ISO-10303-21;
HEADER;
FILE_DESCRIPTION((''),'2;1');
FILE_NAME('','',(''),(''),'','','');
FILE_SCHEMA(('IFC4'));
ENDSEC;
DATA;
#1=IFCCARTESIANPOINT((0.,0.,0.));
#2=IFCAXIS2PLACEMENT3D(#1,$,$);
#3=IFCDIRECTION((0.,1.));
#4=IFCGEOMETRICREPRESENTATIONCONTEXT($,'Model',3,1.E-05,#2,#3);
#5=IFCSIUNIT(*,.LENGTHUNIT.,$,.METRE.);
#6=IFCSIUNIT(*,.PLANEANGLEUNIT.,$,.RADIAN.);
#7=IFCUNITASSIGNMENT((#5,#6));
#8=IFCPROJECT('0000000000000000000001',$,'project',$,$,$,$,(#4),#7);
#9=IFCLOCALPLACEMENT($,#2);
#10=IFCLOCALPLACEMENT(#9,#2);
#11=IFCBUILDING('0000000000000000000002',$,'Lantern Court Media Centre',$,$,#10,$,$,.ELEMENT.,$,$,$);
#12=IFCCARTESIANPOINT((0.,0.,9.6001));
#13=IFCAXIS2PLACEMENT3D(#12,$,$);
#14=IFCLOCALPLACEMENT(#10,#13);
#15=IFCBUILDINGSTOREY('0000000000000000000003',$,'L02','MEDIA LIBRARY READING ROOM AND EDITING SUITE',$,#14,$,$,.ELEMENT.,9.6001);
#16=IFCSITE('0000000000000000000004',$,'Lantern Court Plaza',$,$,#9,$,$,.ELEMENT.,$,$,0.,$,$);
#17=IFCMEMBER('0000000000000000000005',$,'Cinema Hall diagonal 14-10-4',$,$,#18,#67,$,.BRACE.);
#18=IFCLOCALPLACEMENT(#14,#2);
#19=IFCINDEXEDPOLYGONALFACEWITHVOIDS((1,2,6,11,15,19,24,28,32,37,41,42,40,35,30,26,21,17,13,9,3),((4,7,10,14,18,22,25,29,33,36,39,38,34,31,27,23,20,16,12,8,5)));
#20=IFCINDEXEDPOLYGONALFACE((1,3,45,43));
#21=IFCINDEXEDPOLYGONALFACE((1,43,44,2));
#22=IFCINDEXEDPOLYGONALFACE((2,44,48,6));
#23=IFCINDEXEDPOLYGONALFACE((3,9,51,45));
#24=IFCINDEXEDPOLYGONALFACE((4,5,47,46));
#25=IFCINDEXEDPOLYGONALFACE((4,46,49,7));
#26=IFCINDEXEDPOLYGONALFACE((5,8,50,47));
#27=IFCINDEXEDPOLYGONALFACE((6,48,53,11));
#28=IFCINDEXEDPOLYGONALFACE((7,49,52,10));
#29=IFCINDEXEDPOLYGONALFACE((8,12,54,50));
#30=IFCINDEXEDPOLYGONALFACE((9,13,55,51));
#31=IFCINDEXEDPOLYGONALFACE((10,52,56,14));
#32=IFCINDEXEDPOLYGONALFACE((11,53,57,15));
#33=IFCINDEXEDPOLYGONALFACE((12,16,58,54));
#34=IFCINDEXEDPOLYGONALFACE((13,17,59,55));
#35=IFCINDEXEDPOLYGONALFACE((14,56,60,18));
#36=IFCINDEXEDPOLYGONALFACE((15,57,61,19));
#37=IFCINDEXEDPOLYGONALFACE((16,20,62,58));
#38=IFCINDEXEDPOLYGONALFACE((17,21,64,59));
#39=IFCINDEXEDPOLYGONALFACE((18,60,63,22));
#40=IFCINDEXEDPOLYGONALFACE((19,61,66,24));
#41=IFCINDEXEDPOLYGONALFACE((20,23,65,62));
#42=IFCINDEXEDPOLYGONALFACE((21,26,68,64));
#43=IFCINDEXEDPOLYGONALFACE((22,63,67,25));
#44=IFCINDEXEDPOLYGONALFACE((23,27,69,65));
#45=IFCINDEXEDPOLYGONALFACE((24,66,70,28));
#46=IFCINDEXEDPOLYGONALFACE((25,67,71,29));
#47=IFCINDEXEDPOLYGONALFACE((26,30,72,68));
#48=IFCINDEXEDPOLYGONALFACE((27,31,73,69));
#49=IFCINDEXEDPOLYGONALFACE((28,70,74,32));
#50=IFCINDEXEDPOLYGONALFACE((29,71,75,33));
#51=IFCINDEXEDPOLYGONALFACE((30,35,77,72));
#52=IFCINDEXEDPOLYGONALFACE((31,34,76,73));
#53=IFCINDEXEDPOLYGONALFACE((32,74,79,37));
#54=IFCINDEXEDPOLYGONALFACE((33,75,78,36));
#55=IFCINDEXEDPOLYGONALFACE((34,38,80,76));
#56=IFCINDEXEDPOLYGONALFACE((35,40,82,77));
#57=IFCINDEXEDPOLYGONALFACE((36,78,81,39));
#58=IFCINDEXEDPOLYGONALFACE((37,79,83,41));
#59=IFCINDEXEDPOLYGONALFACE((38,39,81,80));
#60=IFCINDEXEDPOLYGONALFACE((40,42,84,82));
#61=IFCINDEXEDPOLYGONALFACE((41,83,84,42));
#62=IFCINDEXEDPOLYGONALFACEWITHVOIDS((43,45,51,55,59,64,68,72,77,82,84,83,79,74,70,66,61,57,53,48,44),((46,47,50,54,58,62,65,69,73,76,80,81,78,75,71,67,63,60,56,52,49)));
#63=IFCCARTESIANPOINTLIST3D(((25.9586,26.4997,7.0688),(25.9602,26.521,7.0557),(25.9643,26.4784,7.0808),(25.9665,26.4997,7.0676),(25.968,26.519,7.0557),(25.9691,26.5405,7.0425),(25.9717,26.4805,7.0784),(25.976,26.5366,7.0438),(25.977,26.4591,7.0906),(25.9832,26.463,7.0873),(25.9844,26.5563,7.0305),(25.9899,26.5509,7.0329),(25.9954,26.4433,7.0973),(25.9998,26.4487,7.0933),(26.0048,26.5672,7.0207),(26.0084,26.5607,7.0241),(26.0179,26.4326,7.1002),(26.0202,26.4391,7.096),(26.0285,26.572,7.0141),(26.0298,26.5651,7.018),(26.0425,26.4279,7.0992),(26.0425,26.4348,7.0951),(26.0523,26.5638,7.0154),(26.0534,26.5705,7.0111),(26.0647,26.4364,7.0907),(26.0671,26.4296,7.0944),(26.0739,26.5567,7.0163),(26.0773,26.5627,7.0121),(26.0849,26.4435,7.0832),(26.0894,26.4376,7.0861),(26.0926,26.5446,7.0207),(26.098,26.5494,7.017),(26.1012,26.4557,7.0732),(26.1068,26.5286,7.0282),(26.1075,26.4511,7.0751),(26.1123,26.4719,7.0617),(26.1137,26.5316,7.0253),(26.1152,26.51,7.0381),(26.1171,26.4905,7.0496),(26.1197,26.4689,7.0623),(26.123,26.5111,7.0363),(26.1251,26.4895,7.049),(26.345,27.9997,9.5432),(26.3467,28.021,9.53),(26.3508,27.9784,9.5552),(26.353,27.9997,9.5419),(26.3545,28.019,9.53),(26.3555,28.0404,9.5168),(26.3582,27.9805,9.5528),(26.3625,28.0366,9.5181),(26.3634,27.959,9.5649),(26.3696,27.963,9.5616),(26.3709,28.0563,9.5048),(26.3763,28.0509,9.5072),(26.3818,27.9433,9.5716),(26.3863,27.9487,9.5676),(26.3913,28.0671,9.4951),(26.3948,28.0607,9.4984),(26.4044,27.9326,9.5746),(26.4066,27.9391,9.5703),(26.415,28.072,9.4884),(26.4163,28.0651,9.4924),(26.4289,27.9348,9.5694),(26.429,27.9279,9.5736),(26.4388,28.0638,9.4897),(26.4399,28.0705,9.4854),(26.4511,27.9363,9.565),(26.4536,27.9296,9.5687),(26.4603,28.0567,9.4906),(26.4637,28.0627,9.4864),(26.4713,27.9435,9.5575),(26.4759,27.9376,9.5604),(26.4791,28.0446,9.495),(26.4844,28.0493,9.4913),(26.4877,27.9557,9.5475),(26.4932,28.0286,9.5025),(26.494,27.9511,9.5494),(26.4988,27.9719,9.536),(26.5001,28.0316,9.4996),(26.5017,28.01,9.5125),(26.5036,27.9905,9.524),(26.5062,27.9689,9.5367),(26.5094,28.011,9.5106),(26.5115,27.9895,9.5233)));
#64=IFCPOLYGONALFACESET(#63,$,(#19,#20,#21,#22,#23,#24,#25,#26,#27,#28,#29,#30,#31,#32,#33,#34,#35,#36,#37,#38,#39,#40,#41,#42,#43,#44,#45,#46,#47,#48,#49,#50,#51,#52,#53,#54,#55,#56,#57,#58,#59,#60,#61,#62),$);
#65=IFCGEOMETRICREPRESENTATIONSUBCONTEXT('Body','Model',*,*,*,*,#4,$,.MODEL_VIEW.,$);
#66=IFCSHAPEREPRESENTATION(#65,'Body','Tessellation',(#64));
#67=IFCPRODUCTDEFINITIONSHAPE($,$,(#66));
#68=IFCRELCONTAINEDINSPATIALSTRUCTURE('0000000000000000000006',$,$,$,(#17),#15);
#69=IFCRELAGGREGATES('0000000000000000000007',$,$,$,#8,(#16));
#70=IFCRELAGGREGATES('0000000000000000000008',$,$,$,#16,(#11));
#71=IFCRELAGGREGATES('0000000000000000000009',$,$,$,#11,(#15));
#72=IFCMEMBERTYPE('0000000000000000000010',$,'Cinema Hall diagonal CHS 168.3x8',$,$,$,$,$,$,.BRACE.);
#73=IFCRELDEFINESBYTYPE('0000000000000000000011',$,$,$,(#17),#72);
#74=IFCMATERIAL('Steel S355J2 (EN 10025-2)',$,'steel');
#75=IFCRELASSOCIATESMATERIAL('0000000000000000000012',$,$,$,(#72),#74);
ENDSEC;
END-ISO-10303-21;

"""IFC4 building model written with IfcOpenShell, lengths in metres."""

from ifc_helpers import new_model, si_unit, direction, frame, origin, origin_2d, place, context, subcontext, project, spatial, hollow_circle, extrude, material, material_profile, profile_set, type_object, element, save


model = new_model("IFC4")

# Units and contexts
model_context = context("Model", 3, precision=1e-05, world=origin(), true_north=direction((0.0, 1.0)))
body_context = subcontext(model_context, "Body", "Model", "MODEL_VIEW")
ifc_project = project(units=[si_unit("LENGTHUNIT", "METRE"), si_unit("PLANEANGLEUNIT", "RADIAN")], contexts=[model_context])

# Site, building, storey
site_placement = place(None, origin())
site = spatial("IfcSite", under=ifc_project, at=site_placement, Name="Lantern Court Plaza", CompositionType="ELEMENT", RefElevation=0.0)
building_placement = place(site_placement, origin())
building = spatial("IfcBuilding", under=site, at=building_placement, Name="Lantern Court Media Centre", CompositionType="ELEMENT")
storey_placement = place(building_placement, frame((0.0, 0.0, 9.6001)))
storey = spatial("IfcBuildingStorey", under=building, at=storey_placement, Name="L02", Description="MEDIA LIBRARY READING ROOM AND EDITING SUITE", CompositionType="ELEMENT", Elevation=9.6001)

# Member
ifc_material = material(Name="Steel S355J2 (EN 10025-2)", Category="steel")
ifc_material_profile_1 = material_profile(ifc_material, hollow_circle(Radius=0.0842, WallThickness=0.0081, at=origin_2d()), Name="Cinema Hall diagonal CHS 168.3x8")
ifc_profile_set_1 = profile_set([ifc_material_profile_1], Name="Steel S355J2 (EN 10025-2)")
member_type_1 = type_object("IfcMemberType", Name="Cinema Hall diagonal CHS 168.3x8", PredefinedType="BRACE", material=ifc_profile_set_1)
member_1_placement = place(storey_placement, frame((26.0417, 26.5, 7.0557), z_axis=(0.13239, 0.513836, 0.847612), x_axis=(-0.968374, 0.249501, 0.0)))
element("IfcMember", 1, at=member_1_placement, inside=storey, type_object=member_type_1, Name="Cinema Hall diagonal 14-10-4", PredefinedType="BRACE", context=body_context, shape_type="SweptSolid", body=[
    extrude(hollow_circle(Radius=0.0842, WallThickness=0.0081, at=origin_2d()), origin(), (0.0, 0.0, 1.0), 2.9192),
])

save(model, "model.ifc")
